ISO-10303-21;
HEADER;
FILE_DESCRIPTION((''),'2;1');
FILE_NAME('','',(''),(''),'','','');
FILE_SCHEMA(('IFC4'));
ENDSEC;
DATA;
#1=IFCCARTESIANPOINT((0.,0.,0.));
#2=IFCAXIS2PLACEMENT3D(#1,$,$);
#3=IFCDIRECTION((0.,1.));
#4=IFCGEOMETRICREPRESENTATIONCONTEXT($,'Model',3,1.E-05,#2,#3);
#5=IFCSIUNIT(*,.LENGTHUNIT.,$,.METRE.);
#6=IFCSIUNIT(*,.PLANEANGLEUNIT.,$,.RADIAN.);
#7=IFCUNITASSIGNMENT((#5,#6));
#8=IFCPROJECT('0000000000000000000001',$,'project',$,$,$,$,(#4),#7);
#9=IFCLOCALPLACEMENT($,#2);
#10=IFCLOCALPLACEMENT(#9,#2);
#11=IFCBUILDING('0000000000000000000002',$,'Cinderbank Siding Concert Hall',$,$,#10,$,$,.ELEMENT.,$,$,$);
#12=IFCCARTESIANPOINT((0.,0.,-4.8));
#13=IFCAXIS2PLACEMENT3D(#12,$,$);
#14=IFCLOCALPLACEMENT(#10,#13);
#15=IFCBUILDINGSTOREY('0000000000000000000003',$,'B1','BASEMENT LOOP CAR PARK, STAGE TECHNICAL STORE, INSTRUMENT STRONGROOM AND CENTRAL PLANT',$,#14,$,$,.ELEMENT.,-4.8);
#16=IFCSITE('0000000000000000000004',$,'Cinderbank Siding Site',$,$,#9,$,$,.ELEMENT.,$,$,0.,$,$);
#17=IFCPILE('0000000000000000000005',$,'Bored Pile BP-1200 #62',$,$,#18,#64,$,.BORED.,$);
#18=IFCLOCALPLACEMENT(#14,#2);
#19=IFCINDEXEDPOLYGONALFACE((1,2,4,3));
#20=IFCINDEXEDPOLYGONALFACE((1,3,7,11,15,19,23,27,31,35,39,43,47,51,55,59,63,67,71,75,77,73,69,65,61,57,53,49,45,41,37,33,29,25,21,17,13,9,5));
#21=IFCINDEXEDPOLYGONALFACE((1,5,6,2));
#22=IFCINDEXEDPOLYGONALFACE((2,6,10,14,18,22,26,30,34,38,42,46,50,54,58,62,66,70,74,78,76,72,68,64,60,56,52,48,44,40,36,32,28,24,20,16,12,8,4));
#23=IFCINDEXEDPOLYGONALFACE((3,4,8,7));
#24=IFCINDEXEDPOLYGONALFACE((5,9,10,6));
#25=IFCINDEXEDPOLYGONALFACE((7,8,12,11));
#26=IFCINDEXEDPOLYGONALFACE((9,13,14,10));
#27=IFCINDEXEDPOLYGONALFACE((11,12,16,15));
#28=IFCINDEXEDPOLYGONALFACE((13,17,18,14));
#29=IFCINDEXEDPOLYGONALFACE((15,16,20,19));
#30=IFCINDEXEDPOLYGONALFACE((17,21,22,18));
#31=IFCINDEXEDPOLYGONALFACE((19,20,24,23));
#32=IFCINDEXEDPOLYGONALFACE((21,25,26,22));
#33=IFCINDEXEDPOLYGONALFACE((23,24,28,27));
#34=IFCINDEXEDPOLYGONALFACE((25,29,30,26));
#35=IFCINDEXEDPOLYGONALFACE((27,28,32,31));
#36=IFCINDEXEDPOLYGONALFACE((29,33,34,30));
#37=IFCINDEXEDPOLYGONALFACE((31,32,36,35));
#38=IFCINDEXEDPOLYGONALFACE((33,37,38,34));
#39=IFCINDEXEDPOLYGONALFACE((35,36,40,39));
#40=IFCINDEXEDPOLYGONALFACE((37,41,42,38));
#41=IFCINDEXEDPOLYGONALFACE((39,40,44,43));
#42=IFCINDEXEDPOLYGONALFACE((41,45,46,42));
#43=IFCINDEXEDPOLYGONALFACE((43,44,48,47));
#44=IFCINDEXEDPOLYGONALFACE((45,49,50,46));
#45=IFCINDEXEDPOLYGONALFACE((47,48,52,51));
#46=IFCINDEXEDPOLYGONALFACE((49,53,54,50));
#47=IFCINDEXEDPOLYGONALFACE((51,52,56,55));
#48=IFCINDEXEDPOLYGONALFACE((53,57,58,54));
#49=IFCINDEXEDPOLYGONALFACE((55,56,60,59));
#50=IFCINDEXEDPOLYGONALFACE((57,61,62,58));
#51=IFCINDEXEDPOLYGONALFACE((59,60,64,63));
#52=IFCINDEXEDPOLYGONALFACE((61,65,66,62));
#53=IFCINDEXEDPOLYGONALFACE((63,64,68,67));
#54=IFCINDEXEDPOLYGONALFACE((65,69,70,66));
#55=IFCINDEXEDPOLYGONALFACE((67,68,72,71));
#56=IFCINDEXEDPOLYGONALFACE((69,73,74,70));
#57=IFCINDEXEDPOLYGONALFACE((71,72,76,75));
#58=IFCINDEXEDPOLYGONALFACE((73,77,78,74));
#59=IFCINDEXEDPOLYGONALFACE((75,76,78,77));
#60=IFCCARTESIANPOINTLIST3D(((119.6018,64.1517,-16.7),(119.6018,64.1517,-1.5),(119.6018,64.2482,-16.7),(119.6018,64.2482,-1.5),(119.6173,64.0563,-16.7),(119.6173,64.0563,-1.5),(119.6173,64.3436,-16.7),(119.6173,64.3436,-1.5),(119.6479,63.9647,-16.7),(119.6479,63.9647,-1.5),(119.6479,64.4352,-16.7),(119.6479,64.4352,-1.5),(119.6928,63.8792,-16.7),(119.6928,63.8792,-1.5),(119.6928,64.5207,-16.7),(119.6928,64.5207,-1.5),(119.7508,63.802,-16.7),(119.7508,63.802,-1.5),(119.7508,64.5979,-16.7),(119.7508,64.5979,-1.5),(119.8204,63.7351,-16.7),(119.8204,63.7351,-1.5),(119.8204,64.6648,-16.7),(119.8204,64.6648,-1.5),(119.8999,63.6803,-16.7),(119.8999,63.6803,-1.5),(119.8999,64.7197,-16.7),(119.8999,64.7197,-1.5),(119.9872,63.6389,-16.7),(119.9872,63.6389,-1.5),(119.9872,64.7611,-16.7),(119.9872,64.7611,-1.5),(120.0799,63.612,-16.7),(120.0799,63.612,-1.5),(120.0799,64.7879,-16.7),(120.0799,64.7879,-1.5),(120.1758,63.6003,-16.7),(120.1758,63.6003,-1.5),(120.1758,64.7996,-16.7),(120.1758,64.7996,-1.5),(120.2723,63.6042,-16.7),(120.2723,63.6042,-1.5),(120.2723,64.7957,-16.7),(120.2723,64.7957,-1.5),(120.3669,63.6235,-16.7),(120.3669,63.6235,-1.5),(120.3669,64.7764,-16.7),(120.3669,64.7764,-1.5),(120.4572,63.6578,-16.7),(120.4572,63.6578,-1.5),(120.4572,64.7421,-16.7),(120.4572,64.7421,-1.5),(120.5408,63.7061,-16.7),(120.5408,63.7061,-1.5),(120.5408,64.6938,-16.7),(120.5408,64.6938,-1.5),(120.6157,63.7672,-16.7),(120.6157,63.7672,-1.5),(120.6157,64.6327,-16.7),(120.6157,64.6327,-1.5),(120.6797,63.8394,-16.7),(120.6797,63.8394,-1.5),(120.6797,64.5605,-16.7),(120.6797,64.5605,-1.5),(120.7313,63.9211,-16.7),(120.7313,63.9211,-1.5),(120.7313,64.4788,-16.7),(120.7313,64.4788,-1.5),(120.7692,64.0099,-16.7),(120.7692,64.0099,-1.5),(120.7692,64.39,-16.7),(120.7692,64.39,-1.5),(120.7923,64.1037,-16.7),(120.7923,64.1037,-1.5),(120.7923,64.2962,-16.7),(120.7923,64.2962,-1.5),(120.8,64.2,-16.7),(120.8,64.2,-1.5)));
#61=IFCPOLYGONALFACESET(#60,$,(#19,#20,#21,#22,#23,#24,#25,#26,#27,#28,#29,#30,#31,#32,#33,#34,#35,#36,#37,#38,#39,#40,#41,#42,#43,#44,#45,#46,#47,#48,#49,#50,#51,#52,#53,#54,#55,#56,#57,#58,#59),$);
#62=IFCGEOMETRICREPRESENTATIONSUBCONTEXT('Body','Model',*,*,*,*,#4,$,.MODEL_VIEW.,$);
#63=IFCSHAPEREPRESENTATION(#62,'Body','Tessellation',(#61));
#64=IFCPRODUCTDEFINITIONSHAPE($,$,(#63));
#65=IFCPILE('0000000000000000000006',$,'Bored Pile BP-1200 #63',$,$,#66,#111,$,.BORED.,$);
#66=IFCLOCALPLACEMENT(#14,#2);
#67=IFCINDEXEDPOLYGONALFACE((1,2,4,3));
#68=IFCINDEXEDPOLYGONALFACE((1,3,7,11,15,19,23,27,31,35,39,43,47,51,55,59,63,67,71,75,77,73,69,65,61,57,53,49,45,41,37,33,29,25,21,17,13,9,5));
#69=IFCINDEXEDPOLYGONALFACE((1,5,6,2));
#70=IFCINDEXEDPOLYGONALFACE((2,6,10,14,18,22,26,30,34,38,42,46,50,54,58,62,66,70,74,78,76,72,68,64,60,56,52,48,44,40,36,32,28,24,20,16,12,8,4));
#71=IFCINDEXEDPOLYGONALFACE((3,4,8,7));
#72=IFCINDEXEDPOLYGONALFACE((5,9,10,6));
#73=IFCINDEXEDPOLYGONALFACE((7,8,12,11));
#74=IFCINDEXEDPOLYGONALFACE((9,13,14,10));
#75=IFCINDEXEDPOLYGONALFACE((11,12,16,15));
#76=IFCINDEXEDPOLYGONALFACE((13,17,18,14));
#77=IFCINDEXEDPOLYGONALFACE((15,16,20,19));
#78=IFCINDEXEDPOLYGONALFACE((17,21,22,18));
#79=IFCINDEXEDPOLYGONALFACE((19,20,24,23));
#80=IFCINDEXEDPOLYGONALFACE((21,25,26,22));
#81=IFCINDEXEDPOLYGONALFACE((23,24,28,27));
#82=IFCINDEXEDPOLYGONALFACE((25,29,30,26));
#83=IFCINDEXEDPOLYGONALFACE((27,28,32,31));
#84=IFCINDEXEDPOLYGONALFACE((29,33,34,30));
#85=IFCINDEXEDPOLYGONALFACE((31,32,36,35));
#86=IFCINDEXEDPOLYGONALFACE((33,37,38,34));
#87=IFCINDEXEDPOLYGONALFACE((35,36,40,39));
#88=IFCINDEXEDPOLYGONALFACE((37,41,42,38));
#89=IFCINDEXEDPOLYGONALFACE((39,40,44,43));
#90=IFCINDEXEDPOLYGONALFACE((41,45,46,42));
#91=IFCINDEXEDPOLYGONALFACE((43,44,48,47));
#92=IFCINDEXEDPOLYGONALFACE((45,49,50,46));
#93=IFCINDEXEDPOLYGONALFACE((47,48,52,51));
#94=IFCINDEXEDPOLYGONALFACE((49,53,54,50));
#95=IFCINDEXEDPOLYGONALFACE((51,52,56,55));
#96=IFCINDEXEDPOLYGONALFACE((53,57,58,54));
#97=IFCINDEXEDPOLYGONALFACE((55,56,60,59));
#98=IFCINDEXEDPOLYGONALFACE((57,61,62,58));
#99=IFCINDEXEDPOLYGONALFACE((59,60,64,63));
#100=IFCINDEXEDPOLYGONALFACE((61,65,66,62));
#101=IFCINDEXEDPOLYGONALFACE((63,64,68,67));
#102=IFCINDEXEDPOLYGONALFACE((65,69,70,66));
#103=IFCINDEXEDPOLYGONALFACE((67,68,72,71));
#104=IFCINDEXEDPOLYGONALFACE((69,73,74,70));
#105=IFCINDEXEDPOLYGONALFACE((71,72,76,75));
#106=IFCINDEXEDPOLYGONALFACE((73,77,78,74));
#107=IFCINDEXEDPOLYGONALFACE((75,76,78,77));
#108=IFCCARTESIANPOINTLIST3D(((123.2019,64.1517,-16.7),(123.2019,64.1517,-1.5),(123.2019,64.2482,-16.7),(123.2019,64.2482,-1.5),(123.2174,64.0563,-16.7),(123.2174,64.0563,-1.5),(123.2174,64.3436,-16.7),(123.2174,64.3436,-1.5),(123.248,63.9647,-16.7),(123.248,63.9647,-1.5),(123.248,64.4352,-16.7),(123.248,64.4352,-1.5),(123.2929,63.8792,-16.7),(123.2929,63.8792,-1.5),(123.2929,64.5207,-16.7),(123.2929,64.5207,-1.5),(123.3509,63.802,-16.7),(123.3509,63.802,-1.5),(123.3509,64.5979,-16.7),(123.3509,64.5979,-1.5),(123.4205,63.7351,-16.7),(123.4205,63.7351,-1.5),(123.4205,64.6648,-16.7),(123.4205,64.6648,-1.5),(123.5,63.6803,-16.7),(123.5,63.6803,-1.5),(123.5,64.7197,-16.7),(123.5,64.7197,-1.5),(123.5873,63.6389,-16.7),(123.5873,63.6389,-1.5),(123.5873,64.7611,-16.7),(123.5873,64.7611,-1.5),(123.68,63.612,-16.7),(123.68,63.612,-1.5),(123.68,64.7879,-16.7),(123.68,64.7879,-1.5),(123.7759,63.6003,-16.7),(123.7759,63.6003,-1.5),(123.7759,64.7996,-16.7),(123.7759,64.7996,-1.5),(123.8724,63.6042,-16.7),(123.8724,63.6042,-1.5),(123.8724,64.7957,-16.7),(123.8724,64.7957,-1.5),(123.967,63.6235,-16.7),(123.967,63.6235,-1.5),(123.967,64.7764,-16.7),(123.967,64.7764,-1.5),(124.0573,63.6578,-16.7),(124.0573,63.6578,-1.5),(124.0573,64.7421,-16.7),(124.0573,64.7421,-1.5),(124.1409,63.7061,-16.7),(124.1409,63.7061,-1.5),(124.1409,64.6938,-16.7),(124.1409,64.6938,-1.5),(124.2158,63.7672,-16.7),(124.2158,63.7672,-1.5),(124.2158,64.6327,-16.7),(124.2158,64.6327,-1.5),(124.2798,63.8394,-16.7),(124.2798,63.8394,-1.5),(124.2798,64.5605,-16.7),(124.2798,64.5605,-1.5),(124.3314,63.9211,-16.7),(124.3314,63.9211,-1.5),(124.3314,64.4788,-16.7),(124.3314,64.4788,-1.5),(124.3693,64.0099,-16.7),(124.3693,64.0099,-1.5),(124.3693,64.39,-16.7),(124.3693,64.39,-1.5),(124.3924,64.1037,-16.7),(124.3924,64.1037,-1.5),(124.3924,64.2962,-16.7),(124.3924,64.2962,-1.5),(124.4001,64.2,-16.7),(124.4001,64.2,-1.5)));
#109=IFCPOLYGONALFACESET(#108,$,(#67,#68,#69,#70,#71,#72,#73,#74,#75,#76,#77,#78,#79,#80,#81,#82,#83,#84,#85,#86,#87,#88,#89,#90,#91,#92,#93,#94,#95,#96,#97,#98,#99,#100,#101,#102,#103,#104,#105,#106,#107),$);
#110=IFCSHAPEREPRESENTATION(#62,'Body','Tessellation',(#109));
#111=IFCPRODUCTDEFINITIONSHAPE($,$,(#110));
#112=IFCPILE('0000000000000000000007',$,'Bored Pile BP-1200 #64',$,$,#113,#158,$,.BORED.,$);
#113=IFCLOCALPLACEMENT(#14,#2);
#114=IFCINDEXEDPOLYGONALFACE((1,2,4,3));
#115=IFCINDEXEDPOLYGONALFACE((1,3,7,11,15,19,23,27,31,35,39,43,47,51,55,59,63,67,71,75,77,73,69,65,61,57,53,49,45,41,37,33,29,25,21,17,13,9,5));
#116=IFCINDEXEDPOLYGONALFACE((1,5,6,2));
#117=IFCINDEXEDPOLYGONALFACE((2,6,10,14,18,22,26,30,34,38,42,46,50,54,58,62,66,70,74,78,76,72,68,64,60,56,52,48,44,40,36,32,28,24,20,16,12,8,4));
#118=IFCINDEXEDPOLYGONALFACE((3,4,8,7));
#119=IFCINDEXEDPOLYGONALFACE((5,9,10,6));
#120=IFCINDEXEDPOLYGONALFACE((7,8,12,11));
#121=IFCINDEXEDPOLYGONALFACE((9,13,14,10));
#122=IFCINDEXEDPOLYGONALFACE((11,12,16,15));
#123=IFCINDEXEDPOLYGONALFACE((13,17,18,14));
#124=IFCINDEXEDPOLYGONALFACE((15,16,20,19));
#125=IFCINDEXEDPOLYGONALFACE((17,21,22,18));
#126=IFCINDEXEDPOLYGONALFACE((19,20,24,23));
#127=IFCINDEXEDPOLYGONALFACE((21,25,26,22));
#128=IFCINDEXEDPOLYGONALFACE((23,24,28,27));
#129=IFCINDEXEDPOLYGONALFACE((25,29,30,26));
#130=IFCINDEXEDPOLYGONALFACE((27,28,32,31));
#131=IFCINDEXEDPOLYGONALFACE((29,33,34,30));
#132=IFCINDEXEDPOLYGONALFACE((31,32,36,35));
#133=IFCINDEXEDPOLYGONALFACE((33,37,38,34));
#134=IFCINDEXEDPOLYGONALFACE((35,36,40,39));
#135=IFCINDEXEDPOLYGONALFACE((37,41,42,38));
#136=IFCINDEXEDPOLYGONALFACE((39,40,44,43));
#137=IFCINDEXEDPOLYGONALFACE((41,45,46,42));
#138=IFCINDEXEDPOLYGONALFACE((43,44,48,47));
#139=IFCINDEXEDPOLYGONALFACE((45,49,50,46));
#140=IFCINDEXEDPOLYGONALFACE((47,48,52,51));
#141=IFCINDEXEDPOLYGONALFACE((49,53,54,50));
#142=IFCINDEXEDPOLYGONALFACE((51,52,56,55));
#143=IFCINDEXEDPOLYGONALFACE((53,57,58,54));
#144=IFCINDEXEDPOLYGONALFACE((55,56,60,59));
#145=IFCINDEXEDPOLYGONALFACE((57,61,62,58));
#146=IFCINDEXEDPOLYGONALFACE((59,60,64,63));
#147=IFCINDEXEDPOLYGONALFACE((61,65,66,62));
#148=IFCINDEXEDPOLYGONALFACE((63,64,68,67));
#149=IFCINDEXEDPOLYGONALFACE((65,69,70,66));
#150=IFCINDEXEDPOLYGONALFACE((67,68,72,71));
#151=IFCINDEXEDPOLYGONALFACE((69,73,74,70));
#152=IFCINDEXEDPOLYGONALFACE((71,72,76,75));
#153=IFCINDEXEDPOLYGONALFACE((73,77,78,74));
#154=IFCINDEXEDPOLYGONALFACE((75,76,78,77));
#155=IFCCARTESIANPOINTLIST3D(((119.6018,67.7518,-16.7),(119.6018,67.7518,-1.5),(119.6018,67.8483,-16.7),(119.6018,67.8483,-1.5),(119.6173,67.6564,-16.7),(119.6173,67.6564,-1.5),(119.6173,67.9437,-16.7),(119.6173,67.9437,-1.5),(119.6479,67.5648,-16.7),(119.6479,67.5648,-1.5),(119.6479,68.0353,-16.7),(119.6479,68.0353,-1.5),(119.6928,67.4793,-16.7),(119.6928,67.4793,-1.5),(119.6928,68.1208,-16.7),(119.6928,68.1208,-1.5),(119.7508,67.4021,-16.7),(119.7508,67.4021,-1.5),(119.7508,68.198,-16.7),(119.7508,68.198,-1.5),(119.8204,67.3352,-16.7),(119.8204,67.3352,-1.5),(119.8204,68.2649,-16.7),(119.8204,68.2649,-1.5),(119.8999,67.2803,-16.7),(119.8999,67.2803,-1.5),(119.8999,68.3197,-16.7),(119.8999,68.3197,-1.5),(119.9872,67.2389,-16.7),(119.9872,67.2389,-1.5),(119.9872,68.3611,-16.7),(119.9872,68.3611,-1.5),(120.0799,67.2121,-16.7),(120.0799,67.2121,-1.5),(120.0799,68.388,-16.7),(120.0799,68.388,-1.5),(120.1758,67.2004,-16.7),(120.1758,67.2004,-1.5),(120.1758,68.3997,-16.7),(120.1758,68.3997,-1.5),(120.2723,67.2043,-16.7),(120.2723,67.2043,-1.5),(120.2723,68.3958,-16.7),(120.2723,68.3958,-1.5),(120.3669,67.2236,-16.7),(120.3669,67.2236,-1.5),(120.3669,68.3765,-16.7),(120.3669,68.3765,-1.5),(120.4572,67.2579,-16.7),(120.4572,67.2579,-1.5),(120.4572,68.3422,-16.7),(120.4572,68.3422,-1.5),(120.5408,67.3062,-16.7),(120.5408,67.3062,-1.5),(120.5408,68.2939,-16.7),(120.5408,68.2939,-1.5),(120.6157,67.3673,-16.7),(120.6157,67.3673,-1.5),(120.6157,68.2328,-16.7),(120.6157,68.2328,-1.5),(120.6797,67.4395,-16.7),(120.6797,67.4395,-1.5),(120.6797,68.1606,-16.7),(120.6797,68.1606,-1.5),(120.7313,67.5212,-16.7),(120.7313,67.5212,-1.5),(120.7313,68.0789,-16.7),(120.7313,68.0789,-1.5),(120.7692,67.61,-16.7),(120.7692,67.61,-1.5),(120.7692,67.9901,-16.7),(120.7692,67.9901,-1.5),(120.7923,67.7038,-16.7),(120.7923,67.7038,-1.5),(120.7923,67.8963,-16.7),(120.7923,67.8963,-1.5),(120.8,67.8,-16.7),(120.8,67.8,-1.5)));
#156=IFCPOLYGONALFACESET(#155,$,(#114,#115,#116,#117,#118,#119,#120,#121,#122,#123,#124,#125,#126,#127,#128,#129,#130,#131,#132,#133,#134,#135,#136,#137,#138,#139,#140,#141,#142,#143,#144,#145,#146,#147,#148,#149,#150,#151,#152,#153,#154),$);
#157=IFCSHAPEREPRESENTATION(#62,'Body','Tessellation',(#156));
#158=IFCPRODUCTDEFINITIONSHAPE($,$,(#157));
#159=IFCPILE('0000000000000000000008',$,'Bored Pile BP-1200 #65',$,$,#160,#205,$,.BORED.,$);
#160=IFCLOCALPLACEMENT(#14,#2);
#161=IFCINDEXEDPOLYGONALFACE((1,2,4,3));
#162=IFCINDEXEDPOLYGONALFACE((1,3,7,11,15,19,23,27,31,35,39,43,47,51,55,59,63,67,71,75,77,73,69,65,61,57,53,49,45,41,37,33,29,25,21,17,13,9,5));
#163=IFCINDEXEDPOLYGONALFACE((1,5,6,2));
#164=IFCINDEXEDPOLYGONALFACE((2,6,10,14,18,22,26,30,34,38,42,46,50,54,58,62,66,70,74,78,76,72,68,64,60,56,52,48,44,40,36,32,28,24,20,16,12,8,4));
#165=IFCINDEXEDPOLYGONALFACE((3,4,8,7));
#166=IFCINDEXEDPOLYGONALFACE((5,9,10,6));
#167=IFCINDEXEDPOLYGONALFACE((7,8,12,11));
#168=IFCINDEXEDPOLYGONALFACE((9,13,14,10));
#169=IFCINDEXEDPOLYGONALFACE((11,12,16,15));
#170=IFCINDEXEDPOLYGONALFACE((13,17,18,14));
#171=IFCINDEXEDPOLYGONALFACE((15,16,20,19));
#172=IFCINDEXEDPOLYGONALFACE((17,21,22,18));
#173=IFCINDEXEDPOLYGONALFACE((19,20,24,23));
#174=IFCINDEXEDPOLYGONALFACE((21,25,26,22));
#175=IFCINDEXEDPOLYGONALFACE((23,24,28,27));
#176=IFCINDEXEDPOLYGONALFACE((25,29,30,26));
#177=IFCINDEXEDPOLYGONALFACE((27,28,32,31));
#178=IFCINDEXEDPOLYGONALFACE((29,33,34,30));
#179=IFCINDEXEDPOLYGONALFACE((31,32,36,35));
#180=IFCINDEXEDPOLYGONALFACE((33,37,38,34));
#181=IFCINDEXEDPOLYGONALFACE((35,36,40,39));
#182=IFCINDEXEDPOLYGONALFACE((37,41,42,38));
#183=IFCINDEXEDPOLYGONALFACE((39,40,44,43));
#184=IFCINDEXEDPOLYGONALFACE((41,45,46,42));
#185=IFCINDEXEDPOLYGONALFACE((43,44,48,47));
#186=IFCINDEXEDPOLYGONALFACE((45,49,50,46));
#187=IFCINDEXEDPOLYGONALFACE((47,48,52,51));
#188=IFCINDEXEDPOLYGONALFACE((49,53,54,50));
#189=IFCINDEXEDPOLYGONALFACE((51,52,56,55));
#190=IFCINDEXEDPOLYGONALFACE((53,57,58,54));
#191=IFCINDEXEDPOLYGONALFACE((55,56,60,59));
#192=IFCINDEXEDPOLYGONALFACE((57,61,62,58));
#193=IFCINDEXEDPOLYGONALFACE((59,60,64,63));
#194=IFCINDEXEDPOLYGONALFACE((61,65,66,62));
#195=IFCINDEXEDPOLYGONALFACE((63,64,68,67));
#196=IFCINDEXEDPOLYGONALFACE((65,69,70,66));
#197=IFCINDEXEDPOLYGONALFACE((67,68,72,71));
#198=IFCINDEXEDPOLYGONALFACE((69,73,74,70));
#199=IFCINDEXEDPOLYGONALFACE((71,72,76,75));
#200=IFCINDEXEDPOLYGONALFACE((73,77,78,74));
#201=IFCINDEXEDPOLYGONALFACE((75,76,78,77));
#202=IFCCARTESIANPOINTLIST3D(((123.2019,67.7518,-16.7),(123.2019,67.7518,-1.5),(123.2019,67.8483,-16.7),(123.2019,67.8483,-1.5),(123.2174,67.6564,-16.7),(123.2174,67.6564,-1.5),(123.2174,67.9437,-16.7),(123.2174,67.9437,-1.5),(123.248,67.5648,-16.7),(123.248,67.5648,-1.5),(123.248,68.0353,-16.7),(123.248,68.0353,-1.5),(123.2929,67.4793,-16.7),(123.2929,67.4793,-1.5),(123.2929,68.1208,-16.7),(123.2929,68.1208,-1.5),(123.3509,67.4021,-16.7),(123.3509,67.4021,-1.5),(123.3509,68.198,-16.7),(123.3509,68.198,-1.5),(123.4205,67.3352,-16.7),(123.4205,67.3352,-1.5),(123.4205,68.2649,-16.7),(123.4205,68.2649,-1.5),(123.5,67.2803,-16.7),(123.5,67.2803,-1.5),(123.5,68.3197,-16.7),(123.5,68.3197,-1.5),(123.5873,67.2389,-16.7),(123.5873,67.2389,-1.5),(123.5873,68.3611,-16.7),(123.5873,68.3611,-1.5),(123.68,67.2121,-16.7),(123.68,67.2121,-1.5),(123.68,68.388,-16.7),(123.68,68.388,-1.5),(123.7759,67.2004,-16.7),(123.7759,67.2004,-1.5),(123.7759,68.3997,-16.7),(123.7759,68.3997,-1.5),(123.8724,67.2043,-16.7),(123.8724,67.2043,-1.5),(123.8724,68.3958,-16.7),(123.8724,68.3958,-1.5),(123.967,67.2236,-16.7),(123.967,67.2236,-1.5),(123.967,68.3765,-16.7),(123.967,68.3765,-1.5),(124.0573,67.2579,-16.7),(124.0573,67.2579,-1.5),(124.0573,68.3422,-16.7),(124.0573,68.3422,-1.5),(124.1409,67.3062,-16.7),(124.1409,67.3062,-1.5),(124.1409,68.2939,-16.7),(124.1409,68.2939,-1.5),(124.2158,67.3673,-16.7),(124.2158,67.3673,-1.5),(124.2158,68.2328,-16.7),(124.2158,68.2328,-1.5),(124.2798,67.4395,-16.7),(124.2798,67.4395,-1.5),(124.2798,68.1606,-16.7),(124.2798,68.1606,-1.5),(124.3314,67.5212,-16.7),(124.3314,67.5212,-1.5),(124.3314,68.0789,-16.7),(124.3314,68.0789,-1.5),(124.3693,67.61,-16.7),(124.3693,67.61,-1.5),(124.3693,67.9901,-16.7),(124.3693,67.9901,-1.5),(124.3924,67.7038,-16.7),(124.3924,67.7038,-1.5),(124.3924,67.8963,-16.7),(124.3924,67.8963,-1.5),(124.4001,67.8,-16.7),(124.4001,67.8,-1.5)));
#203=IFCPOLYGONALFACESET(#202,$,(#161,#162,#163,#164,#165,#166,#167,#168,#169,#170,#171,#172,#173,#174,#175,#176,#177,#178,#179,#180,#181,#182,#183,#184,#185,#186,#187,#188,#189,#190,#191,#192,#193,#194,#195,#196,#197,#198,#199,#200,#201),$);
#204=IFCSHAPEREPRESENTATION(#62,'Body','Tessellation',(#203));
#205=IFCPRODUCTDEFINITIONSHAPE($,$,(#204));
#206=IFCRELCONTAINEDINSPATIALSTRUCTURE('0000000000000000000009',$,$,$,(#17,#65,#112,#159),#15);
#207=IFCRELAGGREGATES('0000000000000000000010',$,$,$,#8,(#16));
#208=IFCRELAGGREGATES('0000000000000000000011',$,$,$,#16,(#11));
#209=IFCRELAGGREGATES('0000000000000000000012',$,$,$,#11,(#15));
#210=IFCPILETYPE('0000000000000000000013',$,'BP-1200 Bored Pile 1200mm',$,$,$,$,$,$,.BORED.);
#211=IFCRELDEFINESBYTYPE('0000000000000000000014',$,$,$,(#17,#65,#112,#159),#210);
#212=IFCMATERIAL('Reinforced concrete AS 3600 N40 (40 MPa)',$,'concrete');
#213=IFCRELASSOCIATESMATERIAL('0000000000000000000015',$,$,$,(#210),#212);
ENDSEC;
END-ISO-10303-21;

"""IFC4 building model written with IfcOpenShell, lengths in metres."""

from ifc_helpers import new_model, si_unit, direction, frame, origin, origin_2d, place, context, subcontext, project, spatial, circle, extrude, material, material_profile, profile_set, type_object, element, save


model = new_model("IFC4")

# Units and contexts
model_context = context("Model", 3, precision=1e-05, world=origin(), true_north=direction((0.0, 1.0)))
body_context = subcontext(model_context, "Body", "Model", "MODEL_VIEW")
ifc_project = project(units=[si_unit("LENGTHUNIT", "METRE"), si_unit("PLANEANGLEUNIT", "RADIAN")], contexts=[model_context])

# Site, building, storey
site_placement = place(None, origin())
site = spatial("IfcSite", under=ifc_project, at=site_placement, Name="Cinderbank Siding Site", CompositionType="ELEMENT", RefElevation=0.0)
building_placement = place(site_placement, origin())
building = spatial("IfcBuilding", under=site, at=building_placement, Name="Cinderbank Siding Concert Hall", CompositionType="ELEMENT")
storey_placement = place(building_placement, frame((0.0, 0.0, -4.8)))
storey = spatial("IfcBuildingStorey", under=building, at=storey_placement, Name="B1", Description="BASEMENT LOOP CAR PARK, STAGE TECHNICAL STORE, INSTRUMENT STRONGROOM AND CENTRAL PLANT", CompositionType="ELEMENT", Elevation=-4.8)

# Piles
ifc_material_1 = material(Name="Reinforced concrete AS 3600 N40 (40 MPa)", Category="concrete")
ifc_material_profile_1 = material_profile(ifc_material_1, circle(Radius=0.6001, at=origin_2d()), Name="PILE-1200DIA", Category="LoadBearing")
ifc_profile_set_1 = profile_set([ifc_material_profile_1], Name="Reinforced concrete AS 3600 N40 (40 MPa)")
pile_type = type_object("IfcPileType", Name="BP-1200 Bored Pile 1200mm", PredefinedType="BORED", material=ifc_profile_set_1)
for number, where, z_axis, x_axis, name in (
    (1, (120.2, 64.2, -1.5), (0.0, 0.0, -1.0), (1.0, 0.0, 0.0), "Bored Pile BP-1200 #62"),
    (2, (123.8, 64.2, -1.5), (0.0, 0.0, -1.0), (1.0, 0.0, 0.0), "Bored Pile BP-1200 #63"),
    (3, (120.2, 67.8, -1.5), (0.0, 0.0, -1.0), (1.0, 0.0, 0.0), "Bored Pile BP-1200 #64"),
    (4, (123.8, 67.8, -1.5), (0.0, 0.0, -1.0), (1.0, 0.0, 0.0), "Bored Pile BP-1200 #65"),
):
    element("IfcPile", number, at=place(storey_placement, frame(where, z_axis=z_axis, x_axis=x_axis)), inside=storey, type_object=pile_type, Name=name, PredefinedType="BORED", context=body_context, shape_type="SweptSolid", body=[
        extrude(circle(Radius=0.6001, at=origin_2d()), origin(), (0.0, 0.0, 1.0), 15.2),
    ])

save(model, "model.ifc")
